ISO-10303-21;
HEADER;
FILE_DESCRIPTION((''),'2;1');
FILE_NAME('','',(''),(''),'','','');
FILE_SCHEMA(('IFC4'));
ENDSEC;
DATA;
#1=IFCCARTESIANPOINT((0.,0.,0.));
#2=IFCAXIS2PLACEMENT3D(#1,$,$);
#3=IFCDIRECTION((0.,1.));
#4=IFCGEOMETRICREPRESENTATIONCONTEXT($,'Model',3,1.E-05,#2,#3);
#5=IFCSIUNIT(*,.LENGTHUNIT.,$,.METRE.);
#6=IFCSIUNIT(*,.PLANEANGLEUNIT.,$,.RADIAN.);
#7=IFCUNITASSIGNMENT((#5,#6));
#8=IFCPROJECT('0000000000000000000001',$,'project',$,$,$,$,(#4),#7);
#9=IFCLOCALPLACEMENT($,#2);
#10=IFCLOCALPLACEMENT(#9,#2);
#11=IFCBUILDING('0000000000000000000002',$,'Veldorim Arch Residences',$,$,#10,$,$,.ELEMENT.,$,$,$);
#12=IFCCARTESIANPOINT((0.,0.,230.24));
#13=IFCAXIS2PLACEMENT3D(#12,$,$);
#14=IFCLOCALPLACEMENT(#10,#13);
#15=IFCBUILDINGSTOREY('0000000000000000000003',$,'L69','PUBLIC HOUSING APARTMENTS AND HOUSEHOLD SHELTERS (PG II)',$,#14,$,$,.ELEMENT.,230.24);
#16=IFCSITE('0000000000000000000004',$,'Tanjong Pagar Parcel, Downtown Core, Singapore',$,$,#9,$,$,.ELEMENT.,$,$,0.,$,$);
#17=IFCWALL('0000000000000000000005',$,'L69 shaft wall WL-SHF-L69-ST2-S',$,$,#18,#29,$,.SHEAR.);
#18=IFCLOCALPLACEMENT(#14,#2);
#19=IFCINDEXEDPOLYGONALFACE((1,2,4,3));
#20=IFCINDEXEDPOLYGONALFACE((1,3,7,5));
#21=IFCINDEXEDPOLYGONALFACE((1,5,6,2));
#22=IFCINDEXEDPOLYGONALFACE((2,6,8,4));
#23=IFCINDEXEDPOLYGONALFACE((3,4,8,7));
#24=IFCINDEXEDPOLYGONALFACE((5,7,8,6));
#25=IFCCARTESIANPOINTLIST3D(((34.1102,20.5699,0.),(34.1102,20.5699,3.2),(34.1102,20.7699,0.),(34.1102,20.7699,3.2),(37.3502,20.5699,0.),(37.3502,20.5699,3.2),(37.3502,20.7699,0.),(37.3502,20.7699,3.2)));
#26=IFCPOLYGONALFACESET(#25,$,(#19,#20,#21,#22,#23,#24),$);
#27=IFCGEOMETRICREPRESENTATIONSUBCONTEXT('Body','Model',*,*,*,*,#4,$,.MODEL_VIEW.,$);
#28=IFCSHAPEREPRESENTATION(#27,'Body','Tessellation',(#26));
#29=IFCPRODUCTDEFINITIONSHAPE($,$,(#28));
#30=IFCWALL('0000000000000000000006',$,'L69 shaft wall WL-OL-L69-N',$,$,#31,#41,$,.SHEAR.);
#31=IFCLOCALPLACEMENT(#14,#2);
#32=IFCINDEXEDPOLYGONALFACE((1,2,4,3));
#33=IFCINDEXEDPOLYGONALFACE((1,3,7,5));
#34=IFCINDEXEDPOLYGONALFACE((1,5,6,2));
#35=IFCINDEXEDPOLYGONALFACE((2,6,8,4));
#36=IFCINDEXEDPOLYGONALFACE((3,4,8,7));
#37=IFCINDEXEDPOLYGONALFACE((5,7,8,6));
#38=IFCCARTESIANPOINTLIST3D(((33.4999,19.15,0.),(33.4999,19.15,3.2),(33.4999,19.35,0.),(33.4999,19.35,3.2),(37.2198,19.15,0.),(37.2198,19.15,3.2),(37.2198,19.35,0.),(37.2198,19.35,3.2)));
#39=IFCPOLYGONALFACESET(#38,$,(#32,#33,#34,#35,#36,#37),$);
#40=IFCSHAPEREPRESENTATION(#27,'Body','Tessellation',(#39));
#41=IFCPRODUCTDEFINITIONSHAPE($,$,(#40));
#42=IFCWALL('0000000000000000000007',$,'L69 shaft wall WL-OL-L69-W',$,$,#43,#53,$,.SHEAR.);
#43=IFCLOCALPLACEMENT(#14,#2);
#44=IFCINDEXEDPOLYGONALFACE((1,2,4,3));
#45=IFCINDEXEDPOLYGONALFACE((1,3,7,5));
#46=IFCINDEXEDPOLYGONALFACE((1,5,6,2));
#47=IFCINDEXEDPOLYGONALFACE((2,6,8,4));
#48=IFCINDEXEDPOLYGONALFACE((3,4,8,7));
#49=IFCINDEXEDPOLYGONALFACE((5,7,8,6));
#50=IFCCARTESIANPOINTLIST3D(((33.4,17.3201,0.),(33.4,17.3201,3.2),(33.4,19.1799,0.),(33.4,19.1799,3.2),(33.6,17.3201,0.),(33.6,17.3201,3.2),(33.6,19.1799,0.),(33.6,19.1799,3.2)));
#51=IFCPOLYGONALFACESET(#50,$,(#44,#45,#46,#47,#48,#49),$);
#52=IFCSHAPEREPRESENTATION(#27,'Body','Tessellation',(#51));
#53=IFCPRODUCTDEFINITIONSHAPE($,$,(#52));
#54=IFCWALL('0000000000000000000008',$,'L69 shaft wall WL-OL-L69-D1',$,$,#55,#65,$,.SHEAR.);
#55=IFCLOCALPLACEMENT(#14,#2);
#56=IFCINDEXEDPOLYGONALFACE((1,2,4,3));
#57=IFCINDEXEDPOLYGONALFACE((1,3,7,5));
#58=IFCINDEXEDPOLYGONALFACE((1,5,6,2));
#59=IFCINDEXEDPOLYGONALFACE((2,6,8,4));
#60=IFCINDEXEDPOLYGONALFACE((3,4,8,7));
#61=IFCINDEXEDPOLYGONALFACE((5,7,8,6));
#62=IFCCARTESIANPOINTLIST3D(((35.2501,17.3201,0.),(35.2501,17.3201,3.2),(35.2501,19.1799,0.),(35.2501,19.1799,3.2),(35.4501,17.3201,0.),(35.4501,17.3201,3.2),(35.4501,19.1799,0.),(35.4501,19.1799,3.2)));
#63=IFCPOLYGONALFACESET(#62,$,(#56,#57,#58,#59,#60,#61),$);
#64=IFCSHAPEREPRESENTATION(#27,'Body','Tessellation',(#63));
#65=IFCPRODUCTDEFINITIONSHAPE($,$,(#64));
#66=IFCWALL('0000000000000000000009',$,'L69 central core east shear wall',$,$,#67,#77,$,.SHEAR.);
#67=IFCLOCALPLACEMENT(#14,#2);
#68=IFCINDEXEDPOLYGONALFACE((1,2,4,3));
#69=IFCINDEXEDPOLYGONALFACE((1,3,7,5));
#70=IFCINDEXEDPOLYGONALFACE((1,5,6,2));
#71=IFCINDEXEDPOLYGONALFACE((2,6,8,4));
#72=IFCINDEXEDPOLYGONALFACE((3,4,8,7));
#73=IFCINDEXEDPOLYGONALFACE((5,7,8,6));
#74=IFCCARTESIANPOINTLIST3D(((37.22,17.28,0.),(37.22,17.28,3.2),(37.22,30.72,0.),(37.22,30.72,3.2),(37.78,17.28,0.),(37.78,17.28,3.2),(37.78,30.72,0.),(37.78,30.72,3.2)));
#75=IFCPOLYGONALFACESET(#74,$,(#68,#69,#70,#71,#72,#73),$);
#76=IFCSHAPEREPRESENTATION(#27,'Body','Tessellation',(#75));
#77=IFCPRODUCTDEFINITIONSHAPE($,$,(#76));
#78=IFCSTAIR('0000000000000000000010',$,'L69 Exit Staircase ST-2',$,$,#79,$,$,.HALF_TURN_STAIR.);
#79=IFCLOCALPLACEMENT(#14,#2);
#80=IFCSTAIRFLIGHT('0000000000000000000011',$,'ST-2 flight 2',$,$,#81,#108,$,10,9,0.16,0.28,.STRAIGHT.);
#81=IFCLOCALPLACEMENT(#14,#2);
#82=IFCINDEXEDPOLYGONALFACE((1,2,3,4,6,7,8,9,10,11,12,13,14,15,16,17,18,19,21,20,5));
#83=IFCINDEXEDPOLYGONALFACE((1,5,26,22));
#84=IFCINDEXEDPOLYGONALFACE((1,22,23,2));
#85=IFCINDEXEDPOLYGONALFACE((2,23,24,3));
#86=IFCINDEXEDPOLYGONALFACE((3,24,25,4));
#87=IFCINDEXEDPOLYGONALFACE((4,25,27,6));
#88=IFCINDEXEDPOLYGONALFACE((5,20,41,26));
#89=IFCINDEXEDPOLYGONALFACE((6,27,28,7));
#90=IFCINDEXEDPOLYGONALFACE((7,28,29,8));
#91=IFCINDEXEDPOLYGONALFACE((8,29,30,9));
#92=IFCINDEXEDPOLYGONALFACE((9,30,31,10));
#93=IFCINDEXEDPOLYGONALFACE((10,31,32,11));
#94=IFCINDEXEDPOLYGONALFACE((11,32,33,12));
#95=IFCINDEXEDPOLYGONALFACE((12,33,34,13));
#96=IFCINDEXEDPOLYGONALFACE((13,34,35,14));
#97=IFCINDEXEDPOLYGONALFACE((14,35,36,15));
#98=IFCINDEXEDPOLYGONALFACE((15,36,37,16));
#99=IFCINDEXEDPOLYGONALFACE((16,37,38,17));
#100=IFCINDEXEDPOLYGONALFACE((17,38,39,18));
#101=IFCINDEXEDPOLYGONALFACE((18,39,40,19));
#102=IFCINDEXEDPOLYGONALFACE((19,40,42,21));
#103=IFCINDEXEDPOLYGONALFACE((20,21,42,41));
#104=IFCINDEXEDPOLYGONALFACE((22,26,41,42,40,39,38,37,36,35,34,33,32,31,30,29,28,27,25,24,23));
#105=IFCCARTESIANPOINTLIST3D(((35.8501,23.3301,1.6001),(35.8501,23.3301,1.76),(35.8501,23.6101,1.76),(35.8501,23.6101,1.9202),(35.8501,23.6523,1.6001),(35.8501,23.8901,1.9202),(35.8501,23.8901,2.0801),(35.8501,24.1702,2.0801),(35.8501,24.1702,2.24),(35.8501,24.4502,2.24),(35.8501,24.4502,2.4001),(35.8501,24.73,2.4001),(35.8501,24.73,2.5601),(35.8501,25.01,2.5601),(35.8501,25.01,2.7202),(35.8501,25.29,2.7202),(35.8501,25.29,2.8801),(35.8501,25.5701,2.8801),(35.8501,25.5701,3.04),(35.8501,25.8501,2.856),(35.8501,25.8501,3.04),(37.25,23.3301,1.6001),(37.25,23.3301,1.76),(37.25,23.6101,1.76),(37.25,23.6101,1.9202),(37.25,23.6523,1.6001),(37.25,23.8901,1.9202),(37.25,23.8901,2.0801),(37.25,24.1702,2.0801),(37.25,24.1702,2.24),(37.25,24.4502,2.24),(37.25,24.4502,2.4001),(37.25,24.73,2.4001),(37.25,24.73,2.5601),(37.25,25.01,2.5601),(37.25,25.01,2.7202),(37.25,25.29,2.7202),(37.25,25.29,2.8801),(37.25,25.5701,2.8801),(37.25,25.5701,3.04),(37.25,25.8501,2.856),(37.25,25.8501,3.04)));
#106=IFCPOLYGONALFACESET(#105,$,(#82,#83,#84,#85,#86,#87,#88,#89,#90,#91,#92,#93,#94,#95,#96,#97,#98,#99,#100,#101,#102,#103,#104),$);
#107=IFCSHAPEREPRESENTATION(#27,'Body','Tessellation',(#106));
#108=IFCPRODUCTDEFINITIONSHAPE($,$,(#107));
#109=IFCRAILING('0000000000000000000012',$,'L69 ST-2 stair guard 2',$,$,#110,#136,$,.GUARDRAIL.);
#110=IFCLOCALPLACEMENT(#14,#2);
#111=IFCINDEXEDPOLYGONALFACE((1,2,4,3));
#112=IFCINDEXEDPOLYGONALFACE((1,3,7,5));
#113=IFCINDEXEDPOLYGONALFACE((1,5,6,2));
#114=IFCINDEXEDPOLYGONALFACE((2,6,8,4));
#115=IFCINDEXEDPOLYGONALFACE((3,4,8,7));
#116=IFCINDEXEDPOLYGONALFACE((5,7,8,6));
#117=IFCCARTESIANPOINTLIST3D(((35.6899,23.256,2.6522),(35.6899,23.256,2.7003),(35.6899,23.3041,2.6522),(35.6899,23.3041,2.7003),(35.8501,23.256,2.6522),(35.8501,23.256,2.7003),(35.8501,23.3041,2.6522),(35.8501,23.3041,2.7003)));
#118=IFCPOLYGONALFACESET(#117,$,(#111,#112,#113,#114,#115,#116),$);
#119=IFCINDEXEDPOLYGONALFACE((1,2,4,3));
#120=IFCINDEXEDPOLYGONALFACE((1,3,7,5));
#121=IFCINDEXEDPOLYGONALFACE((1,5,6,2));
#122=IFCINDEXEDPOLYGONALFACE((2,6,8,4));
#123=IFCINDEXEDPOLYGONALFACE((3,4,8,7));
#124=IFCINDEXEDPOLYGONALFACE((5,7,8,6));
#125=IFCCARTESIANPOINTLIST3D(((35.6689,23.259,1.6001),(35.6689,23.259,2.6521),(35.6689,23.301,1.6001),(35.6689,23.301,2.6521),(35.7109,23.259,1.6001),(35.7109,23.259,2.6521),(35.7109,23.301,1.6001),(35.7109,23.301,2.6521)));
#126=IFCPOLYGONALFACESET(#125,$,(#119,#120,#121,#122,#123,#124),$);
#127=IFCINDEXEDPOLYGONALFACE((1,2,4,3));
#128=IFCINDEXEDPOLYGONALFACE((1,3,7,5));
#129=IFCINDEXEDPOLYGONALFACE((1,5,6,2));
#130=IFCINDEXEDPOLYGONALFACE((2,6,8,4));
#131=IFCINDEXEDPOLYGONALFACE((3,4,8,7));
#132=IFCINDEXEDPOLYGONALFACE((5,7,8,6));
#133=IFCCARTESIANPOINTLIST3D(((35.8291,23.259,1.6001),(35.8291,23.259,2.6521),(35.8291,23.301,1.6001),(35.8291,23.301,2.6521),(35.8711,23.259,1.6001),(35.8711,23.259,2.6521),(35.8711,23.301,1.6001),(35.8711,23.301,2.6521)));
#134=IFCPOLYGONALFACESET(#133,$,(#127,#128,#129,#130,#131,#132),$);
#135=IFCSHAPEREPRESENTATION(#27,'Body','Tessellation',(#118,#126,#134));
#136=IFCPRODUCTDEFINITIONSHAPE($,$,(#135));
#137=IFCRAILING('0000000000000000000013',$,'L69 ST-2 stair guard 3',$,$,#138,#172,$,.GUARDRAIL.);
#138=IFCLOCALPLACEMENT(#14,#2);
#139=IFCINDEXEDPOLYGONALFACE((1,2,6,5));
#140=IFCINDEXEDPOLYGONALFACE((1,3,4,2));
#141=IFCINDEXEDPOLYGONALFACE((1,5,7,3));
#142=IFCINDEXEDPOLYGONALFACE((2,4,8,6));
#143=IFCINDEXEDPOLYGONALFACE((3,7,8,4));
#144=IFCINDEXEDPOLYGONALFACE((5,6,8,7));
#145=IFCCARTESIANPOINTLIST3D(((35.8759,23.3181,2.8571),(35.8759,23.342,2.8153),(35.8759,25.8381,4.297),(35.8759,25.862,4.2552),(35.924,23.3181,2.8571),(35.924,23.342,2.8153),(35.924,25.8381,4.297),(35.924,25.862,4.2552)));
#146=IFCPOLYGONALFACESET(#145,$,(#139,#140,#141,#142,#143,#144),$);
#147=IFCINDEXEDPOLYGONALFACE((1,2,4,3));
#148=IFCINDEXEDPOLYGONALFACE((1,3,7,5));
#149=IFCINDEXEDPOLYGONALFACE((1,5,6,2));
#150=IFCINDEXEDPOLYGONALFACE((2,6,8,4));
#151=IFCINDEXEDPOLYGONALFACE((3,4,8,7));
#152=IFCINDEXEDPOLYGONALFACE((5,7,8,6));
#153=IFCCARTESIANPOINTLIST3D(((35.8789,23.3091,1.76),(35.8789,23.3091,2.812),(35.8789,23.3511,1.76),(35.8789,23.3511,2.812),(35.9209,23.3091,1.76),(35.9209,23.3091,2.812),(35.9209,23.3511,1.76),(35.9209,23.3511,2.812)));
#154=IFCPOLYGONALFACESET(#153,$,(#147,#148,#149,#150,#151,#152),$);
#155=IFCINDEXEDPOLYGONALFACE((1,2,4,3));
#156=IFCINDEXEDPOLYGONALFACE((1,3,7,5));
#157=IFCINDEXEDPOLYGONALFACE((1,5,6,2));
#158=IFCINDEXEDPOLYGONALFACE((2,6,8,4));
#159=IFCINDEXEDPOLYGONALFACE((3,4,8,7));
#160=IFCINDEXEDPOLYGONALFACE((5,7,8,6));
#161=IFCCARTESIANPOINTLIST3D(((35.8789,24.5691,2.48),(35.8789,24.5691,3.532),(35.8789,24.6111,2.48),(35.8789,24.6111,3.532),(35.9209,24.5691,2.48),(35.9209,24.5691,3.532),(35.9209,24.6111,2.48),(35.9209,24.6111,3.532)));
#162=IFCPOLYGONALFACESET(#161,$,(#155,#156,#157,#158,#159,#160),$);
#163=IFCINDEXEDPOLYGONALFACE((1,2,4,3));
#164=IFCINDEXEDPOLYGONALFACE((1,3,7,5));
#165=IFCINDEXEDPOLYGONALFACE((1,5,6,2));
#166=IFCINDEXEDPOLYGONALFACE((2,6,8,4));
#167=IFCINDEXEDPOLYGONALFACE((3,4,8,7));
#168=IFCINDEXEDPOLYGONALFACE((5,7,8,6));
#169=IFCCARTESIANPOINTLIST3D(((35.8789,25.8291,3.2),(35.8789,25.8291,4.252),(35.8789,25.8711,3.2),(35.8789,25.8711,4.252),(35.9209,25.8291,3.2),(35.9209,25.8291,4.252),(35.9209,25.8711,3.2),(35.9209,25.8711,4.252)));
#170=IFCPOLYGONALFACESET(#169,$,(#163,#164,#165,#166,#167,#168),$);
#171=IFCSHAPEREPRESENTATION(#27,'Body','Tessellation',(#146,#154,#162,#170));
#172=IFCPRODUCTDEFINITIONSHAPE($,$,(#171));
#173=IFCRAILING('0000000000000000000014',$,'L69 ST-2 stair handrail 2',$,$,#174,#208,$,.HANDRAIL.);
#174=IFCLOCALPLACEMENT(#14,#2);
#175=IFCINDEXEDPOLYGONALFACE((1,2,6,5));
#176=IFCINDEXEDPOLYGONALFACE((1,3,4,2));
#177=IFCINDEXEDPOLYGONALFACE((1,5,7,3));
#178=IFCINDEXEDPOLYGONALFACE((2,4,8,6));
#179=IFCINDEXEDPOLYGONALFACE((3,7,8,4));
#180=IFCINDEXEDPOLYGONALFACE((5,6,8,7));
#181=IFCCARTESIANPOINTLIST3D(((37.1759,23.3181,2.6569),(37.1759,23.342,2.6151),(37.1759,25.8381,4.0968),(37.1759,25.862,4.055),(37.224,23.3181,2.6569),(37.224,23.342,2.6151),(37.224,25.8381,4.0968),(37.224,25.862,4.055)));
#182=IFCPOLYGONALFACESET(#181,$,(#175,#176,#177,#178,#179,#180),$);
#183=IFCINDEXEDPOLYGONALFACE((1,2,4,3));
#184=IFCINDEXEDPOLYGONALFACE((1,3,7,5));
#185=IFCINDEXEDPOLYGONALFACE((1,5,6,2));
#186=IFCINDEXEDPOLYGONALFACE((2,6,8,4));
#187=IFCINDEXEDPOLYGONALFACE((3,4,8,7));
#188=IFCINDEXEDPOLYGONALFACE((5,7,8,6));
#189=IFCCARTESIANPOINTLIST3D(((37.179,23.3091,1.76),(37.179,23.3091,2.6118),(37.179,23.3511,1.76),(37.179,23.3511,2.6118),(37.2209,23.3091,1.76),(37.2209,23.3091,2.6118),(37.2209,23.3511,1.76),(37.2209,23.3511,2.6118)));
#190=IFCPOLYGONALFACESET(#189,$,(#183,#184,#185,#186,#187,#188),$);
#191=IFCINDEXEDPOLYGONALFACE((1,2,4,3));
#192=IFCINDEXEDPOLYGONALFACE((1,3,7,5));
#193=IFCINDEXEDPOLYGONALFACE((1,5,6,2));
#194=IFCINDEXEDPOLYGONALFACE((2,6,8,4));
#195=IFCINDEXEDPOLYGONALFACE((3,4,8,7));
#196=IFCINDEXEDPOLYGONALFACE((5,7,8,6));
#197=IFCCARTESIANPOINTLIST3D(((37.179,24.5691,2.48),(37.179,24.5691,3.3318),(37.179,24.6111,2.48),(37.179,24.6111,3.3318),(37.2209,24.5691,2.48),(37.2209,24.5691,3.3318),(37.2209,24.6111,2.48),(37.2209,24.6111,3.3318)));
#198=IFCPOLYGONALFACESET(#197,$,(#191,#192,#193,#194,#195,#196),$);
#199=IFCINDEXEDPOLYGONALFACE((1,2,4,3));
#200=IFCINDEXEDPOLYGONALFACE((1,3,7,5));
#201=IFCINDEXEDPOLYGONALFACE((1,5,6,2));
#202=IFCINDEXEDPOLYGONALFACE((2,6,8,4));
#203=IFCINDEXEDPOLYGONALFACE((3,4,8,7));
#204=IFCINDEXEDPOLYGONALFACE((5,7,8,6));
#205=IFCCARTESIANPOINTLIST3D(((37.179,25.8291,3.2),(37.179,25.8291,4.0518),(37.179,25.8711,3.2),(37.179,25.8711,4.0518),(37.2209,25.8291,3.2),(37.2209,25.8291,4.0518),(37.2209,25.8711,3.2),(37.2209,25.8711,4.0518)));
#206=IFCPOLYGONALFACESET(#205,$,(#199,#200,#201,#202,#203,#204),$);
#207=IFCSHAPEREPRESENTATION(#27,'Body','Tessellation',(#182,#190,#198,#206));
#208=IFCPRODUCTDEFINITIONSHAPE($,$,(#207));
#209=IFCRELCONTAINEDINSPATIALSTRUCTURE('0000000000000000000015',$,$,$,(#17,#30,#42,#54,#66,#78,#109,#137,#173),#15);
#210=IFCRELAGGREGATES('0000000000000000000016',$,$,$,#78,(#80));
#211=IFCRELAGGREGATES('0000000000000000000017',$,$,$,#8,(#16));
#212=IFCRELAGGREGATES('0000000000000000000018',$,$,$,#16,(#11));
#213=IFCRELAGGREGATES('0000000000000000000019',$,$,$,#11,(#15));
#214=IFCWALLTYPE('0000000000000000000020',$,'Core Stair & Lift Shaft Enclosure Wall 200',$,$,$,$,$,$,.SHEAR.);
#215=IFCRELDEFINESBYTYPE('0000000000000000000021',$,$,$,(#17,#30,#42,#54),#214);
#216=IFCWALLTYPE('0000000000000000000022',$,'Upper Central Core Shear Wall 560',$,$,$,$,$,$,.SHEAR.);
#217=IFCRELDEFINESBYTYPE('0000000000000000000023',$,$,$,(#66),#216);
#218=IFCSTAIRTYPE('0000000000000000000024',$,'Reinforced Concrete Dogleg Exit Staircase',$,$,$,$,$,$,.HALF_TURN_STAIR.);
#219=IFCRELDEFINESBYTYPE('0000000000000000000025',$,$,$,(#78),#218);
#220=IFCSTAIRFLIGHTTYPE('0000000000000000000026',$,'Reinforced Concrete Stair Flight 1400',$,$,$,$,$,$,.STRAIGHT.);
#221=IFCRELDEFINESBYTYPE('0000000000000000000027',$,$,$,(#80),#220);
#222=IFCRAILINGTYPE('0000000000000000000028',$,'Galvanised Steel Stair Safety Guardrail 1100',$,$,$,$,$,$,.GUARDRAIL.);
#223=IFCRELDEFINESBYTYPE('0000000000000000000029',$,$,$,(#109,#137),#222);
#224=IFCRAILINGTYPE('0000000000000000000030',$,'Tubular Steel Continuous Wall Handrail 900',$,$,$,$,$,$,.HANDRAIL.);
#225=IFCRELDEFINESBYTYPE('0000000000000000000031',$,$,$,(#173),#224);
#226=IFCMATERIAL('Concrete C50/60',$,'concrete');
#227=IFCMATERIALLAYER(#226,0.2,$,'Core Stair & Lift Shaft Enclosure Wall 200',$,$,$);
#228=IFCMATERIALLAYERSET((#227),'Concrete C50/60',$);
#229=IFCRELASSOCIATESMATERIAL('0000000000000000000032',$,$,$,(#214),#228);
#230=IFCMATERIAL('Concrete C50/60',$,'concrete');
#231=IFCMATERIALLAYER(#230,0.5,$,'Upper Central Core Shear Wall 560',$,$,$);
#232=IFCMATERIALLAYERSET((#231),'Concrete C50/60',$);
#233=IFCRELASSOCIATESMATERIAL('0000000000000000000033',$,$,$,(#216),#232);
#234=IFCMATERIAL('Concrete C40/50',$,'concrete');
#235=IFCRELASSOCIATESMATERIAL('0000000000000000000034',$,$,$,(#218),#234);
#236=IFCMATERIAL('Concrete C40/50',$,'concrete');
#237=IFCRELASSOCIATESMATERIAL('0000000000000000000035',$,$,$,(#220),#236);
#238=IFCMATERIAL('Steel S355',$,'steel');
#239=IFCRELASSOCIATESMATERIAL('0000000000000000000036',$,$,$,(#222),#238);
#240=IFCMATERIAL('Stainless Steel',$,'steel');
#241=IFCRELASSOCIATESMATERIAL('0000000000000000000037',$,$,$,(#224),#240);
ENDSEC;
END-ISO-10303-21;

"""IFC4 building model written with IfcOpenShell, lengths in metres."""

from ifc_helpers import new_model, si_unit, direction, frame, frame_2d, origin, origin_2d, place, context, subcontext, project, spatial, polyline, rectangle, outline, extrude, material, layer, layer_set, type_object, element, aggregate, save


model = new_model("IFC4")

# Units and contexts
model_context = context("Model", 3, precision=1e-05, world=origin(), true_north=direction((0.0, 1.0)))
body_context = subcontext(model_context, "Body", "Model", "MODEL_VIEW")
ifc_project = project(units=[si_unit("LENGTHUNIT", "METRE"), si_unit("PLANEANGLEUNIT", "RADIAN")], contexts=[model_context])

# Site, building, storey
site_placement = place(None, origin())
site = spatial("IfcSite", under=ifc_project, at=site_placement, Name="Tanjong Pagar Parcel, Downtown Core, Singapore", CompositionType="ELEMENT", RefElevation=0.0)
building_placement = place(site_placement, origin())
building = spatial("IfcBuilding", under=site, at=building_placement, Name="Veldorim Arch Residences", CompositionType="ELEMENT")
storey_placement = place(building_placement, frame((0.0, 0.0, 230.24)))
storey = spatial("IfcBuildingStorey", under=building, at=storey_placement, Name="L69", Description="PUBLIC HOUSING APARTMENTS AND HOUSEHOLD SHELTERS (PG II)", CompositionType="ELEMENT", Elevation=230.24)

# Walls
ifc_material_1 = material(Name="Concrete C50/60", Category="concrete")
ifc_layer_1 = layer(ifc_material_1, 0.2, Name="Core Stair & Lift Shaft Enclosure Wall 200")
ifc_layer_set_1 = layer_set([ifc_layer_1], Name="Concrete C50/60")
wall_type_1 = type_object("IfcWallType", Name="Core Stair & Lift Shaft Enclosure Wall 200", PredefinedType="SHEAR", material=ifc_layer_set_1)
wall_1_placement = place(storey_placement, frame((34.1101, 20.6699, 0.0), z_axis=(0.0, 0.0, 1.0), x_axis=(1.0, 0.0, 0.0)))
element("IfcWall", 1, at=wall_1_placement, inside=storey, type_object=wall_type_1, Name="L69 shaft wall WL-SHF-L69-ST2-S", PredefinedType="SHEAR", context=body_context, shape_type="SweptSolid", body=[
    extrude(rectangle(XDim=3.24, YDim=0.2, at=frame_2d((1.6201, 0.0))), origin(), (0.0, 0.0, 1.0), 3.2),
])
wall_2_placement = place(storey_placement, frame((33.5, 19.25, 0.0), z_axis=(0.0, 0.0, 1.0), x_axis=(1.0, 0.0, 0.0)))
element("IfcWall", 2, at=wall_2_placement, inside=storey, type_object=wall_type_1, Name="L69 shaft wall WL-OL-L69-N", PredefinedType="SHEAR", context=body_context, shape_type="SweptSolid", body=[
    extrude(rectangle(XDim=3.72, YDim=0.2, at=frame_2d((1.8599, 0.0))), origin(), (0.0, 0.0, 1.0), 3.2),
])
for number, where, z_axis, x_axis, name in (
    (3, (33.5, 17.3201, 0.0), (0.0, 0.0, 1.0), (0.0, 1.0, 0.0), "L69 shaft wall WL-OL-L69-W"),
    (4, (35.3501, 17.3201, 0.0), (0.0, 0.0, 1.0), (0.0, 1.0, 0.0), "L69 shaft wall WL-OL-L69-D1"),
):
    element("IfcWall", number, at=place(storey_placement, frame(where, z_axis=z_axis, x_axis=x_axis)), inside=storey, type_object=wall_type_1, Name=name, PredefinedType="SHEAR", context=body_context, shape_type="SweptSolid", body=[
        extrude(rectangle(XDim=1.8599, YDim=0.2, at=frame_2d((0.9299, 0.0))), origin(), (0.0, 0.0, 1.0), 3.2),
    ])
ifc_material_2 = material(Name="Concrete C50/60", Category="concrete")
ifc_layer_2 = layer(ifc_material_2, 0.5, Name="Upper Central Core Shear Wall 560")
ifc_layer_set_2 = layer_set([ifc_layer_2], Name="Concrete C50/60")
wall_type_2 = type_object("IfcWallType", Name="Upper Central Core Shear Wall 560", PredefinedType="SHEAR", material=ifc_layer_set_2)
wall_3_placement = place(storey_placement, frame((37.5, 17.28, 0.0), z_axis=(0.0, 0.0, 1.0), x_axis=(0.0, 1.0, 0.0)))
element("IfcWall", 5, at=wall_3_placement, inside=storey, type_object=wall_type_2, Name="L69 central core east shear wall", PredefinedType="SHEAR", context=body_context, shape_type="SweptSolid", body=[
    extrude(rectangle(XDim=13.4399, YDim=0.5601, at=frame_2d((6.72, 0.0))), origin(), (0.0, 0.0, 1.0), 3.2),
])

# Stair, stair flight
ifc_material_3 = material(Name="Concrete C40/50", Category="concrete")
stair_type = type_object("IfcStairType", Name="Reinforced Concrete Dogleg Exit Staircase", PredefinedType="HALF_TURN_STAIR", material=ifc_material_3)
stair_placement = place(storey_placement, origin())
stair = element("IfcStair", 6, at=stair_placement, inside=storey, type_object=stair_type, Name="L69 Exit Staircase ST-2", PredefinedType="HALF_TURN_STAIR")
ifc_material_4 = material(Name="Concrete C40/50", Category="concrete")
stair_flight_type = type_object("IfcStairFlightType", Name="Reinforced Concrete Stair Flight 1400", PredefinedType="STRAIGHT", material=ifc_material_4)
stair_flight_placement = place(storey_placement, frame((36.55, 23.3301, 1.6001), z_axis=(0.0, 0.0, 1.0), x_axis=(0.0, 1.0, 0.0)))
stair_flight = element("IfcStairFlight", 7, at=stair_flight_placement, type_object=stair_flight_type, Name="ST-2 flight 2", NumberOfRisers=10, NumberOfTreads=9, PredefinedType="STRAIGHT", RiserHeight=0.16, TreadLength=0.28, context=body_context, shape_type="SweptSolid", body=[
    extrude(outline(polyline([(0.0, 0.0), (0.0, 0.1599), (0.28, 0.1599), (0.28, 0.3201), (0.5601, 0.3201), (0.5601, 0.48), (0.8401, 0.48), (0.8401, 0.6399), (1.1201, 0.6399), (1.1201, 0.8), (1.3999, 0.8), (1.3999, 0.96), (1.6799, 0.96), (1.6799, 1.1201), (1.96, 1.1201), (1.96, 1.28), (2.24, 1.28), (2.24, 1.4399), (2.52, 1.4399), (2.52, 1.6001), (2.52, 1.2559), (0.3223, 0.0), (0.0, 0.0)])), frame((0.0, 0.7, 0.0), z_axis=(0.0, -1.0, 0.0), x_axis=(1.0, 0.0, 0.0)), (0.0, 0.0, 1.0), 1.3999),
])
aggregate(stair, [stair_flight])

# Railings
ifc_material_5 = material(Name="Steel S355", Category="steel")
railing_type_1 = type_object("IfcRailingType", Name="Galvanised Steel Stair Safety Guardrail 1100", PredefinedType="GUARDRAIL", material=ifc_material_5)
railing_1_placement = place(storey_placement, frame((35.6899, 23.28, 1.6001)))
element("IfcRailing", 8, at=railing_1_placement, inside=storey, type_object=railing_type_1, Name="L69 ST-2 stair guard 2", PredefinedType="GUARDRAIL", context=body_context, shape_type="SweptSolid", body=[
    extrude(rectangle(XDim=0.0481, YDim=0.0481, at=origin_2d()), frame((0.0, 0.0, 1.0762), z_axis=(1.0, 0.0, 0.0), x_axis=(0.0, 1.0, 0.0)), (0.0, 0.0, 1.0), 0.1602),
    extrude(rectangle(XDim=0.042, YDim=0.042, at=origin_2d()), origin(), (0.0, 0.0, 1.0), 1.052),
    extrude(rectangle(XDim=0.042, YDim=0.042, at=origin_2d()), frame((0.1602, 0.0, 0.0)), (0.0, 0.0, 1.0), 1.052),
])
railing_2_placement = place(storey_placement, frame((35.8999, 23.3301, 1.76)))
element("IfcRailing", 9, at=railing_2_placement, inside=storey, type_object=railing_type_1, Name="L69 ST-2 stair guard 3", PredefinedType="GUARDRAIL", context=body_context, shape_type="SweptSolid", body=[
    extrude(rectangle(XDim=0.0481, YDim=0.0481, at=origin_2d()), frame((0.0, 0.0, 1.0762), z_axis=(0.0, 0.868253, 0.496121), x_axis=(-1.0, 0.0, 0.0)), (0.0, 0.0, 1.0), 2.9023),
    extrude(rectangle(XDim=0.042, YDim=0.042, at=origin_2d()), origin(), (0.0, 0.0, 1.0), 1.052),
    extrude(rectangle(XDim=0.042, YDim=0.042, at=origin_2d()), frame((0.0, 1.26, 0.72)), (0.0, 0.0, 1.0), 1.052),
    extrude(rectangle(XDim=0.042, YDim=0.042, at=origin_2d()), frame((0.0, 2.52, 1.4399)), (0.0, 0.0, 1.0), 1.052),
])
ifc_material_6 = material(Name="Stainless Steel", Category="steel")
railing_type_2 = type_object("IfcRailingType", Name="Tubular Steel Continuous Wall Handrail 900", PredefinedType="HANDRAIL", material=ifc_material_6)
railing_3_placement = place(storey_placement, frame((37.2, 23.3301, 1.76)))
element("IfcRailing", 10, at=railing_3_placement, inside=storey, type_object=railing_type_2, Name="L69 ST-2 stair handrail 2", PredefinedType="HANDRAIL", context=body_context, shape_type="SweptSolid", body=[
    extrude(rectangle(XDim=0.0481, YDim=0.0481, at=origin_2d()), frame((0.0, 0.0, 0.876), z_axis=(0.0, 0.868253, 0.496121), x_axis=(-1.0, 0.0, 0.0)), (0.0, 0.0, 1.0), 2.9023),
    extrude(rectangle(XDim=0.042, YDim=0.042, at=origin_2d()), origin(), (0.0, 0.0, 1.0), 0.8518),
    extrude(rectangle(XDim=0.042, YDim=0.042, at=origin_2d()), frame((0.0, 1.26, 0.72)), (0.0, 0.0, 1.0), 0.8518),
    extrude(rectangle(XDim=0.042, YDim=0.042, at=origin_2d()), frame((0.0, 2.52, 1.4399)), (0.0, 0.0, 1.0), 0.8518),
])

save(model, "model.ifc")
